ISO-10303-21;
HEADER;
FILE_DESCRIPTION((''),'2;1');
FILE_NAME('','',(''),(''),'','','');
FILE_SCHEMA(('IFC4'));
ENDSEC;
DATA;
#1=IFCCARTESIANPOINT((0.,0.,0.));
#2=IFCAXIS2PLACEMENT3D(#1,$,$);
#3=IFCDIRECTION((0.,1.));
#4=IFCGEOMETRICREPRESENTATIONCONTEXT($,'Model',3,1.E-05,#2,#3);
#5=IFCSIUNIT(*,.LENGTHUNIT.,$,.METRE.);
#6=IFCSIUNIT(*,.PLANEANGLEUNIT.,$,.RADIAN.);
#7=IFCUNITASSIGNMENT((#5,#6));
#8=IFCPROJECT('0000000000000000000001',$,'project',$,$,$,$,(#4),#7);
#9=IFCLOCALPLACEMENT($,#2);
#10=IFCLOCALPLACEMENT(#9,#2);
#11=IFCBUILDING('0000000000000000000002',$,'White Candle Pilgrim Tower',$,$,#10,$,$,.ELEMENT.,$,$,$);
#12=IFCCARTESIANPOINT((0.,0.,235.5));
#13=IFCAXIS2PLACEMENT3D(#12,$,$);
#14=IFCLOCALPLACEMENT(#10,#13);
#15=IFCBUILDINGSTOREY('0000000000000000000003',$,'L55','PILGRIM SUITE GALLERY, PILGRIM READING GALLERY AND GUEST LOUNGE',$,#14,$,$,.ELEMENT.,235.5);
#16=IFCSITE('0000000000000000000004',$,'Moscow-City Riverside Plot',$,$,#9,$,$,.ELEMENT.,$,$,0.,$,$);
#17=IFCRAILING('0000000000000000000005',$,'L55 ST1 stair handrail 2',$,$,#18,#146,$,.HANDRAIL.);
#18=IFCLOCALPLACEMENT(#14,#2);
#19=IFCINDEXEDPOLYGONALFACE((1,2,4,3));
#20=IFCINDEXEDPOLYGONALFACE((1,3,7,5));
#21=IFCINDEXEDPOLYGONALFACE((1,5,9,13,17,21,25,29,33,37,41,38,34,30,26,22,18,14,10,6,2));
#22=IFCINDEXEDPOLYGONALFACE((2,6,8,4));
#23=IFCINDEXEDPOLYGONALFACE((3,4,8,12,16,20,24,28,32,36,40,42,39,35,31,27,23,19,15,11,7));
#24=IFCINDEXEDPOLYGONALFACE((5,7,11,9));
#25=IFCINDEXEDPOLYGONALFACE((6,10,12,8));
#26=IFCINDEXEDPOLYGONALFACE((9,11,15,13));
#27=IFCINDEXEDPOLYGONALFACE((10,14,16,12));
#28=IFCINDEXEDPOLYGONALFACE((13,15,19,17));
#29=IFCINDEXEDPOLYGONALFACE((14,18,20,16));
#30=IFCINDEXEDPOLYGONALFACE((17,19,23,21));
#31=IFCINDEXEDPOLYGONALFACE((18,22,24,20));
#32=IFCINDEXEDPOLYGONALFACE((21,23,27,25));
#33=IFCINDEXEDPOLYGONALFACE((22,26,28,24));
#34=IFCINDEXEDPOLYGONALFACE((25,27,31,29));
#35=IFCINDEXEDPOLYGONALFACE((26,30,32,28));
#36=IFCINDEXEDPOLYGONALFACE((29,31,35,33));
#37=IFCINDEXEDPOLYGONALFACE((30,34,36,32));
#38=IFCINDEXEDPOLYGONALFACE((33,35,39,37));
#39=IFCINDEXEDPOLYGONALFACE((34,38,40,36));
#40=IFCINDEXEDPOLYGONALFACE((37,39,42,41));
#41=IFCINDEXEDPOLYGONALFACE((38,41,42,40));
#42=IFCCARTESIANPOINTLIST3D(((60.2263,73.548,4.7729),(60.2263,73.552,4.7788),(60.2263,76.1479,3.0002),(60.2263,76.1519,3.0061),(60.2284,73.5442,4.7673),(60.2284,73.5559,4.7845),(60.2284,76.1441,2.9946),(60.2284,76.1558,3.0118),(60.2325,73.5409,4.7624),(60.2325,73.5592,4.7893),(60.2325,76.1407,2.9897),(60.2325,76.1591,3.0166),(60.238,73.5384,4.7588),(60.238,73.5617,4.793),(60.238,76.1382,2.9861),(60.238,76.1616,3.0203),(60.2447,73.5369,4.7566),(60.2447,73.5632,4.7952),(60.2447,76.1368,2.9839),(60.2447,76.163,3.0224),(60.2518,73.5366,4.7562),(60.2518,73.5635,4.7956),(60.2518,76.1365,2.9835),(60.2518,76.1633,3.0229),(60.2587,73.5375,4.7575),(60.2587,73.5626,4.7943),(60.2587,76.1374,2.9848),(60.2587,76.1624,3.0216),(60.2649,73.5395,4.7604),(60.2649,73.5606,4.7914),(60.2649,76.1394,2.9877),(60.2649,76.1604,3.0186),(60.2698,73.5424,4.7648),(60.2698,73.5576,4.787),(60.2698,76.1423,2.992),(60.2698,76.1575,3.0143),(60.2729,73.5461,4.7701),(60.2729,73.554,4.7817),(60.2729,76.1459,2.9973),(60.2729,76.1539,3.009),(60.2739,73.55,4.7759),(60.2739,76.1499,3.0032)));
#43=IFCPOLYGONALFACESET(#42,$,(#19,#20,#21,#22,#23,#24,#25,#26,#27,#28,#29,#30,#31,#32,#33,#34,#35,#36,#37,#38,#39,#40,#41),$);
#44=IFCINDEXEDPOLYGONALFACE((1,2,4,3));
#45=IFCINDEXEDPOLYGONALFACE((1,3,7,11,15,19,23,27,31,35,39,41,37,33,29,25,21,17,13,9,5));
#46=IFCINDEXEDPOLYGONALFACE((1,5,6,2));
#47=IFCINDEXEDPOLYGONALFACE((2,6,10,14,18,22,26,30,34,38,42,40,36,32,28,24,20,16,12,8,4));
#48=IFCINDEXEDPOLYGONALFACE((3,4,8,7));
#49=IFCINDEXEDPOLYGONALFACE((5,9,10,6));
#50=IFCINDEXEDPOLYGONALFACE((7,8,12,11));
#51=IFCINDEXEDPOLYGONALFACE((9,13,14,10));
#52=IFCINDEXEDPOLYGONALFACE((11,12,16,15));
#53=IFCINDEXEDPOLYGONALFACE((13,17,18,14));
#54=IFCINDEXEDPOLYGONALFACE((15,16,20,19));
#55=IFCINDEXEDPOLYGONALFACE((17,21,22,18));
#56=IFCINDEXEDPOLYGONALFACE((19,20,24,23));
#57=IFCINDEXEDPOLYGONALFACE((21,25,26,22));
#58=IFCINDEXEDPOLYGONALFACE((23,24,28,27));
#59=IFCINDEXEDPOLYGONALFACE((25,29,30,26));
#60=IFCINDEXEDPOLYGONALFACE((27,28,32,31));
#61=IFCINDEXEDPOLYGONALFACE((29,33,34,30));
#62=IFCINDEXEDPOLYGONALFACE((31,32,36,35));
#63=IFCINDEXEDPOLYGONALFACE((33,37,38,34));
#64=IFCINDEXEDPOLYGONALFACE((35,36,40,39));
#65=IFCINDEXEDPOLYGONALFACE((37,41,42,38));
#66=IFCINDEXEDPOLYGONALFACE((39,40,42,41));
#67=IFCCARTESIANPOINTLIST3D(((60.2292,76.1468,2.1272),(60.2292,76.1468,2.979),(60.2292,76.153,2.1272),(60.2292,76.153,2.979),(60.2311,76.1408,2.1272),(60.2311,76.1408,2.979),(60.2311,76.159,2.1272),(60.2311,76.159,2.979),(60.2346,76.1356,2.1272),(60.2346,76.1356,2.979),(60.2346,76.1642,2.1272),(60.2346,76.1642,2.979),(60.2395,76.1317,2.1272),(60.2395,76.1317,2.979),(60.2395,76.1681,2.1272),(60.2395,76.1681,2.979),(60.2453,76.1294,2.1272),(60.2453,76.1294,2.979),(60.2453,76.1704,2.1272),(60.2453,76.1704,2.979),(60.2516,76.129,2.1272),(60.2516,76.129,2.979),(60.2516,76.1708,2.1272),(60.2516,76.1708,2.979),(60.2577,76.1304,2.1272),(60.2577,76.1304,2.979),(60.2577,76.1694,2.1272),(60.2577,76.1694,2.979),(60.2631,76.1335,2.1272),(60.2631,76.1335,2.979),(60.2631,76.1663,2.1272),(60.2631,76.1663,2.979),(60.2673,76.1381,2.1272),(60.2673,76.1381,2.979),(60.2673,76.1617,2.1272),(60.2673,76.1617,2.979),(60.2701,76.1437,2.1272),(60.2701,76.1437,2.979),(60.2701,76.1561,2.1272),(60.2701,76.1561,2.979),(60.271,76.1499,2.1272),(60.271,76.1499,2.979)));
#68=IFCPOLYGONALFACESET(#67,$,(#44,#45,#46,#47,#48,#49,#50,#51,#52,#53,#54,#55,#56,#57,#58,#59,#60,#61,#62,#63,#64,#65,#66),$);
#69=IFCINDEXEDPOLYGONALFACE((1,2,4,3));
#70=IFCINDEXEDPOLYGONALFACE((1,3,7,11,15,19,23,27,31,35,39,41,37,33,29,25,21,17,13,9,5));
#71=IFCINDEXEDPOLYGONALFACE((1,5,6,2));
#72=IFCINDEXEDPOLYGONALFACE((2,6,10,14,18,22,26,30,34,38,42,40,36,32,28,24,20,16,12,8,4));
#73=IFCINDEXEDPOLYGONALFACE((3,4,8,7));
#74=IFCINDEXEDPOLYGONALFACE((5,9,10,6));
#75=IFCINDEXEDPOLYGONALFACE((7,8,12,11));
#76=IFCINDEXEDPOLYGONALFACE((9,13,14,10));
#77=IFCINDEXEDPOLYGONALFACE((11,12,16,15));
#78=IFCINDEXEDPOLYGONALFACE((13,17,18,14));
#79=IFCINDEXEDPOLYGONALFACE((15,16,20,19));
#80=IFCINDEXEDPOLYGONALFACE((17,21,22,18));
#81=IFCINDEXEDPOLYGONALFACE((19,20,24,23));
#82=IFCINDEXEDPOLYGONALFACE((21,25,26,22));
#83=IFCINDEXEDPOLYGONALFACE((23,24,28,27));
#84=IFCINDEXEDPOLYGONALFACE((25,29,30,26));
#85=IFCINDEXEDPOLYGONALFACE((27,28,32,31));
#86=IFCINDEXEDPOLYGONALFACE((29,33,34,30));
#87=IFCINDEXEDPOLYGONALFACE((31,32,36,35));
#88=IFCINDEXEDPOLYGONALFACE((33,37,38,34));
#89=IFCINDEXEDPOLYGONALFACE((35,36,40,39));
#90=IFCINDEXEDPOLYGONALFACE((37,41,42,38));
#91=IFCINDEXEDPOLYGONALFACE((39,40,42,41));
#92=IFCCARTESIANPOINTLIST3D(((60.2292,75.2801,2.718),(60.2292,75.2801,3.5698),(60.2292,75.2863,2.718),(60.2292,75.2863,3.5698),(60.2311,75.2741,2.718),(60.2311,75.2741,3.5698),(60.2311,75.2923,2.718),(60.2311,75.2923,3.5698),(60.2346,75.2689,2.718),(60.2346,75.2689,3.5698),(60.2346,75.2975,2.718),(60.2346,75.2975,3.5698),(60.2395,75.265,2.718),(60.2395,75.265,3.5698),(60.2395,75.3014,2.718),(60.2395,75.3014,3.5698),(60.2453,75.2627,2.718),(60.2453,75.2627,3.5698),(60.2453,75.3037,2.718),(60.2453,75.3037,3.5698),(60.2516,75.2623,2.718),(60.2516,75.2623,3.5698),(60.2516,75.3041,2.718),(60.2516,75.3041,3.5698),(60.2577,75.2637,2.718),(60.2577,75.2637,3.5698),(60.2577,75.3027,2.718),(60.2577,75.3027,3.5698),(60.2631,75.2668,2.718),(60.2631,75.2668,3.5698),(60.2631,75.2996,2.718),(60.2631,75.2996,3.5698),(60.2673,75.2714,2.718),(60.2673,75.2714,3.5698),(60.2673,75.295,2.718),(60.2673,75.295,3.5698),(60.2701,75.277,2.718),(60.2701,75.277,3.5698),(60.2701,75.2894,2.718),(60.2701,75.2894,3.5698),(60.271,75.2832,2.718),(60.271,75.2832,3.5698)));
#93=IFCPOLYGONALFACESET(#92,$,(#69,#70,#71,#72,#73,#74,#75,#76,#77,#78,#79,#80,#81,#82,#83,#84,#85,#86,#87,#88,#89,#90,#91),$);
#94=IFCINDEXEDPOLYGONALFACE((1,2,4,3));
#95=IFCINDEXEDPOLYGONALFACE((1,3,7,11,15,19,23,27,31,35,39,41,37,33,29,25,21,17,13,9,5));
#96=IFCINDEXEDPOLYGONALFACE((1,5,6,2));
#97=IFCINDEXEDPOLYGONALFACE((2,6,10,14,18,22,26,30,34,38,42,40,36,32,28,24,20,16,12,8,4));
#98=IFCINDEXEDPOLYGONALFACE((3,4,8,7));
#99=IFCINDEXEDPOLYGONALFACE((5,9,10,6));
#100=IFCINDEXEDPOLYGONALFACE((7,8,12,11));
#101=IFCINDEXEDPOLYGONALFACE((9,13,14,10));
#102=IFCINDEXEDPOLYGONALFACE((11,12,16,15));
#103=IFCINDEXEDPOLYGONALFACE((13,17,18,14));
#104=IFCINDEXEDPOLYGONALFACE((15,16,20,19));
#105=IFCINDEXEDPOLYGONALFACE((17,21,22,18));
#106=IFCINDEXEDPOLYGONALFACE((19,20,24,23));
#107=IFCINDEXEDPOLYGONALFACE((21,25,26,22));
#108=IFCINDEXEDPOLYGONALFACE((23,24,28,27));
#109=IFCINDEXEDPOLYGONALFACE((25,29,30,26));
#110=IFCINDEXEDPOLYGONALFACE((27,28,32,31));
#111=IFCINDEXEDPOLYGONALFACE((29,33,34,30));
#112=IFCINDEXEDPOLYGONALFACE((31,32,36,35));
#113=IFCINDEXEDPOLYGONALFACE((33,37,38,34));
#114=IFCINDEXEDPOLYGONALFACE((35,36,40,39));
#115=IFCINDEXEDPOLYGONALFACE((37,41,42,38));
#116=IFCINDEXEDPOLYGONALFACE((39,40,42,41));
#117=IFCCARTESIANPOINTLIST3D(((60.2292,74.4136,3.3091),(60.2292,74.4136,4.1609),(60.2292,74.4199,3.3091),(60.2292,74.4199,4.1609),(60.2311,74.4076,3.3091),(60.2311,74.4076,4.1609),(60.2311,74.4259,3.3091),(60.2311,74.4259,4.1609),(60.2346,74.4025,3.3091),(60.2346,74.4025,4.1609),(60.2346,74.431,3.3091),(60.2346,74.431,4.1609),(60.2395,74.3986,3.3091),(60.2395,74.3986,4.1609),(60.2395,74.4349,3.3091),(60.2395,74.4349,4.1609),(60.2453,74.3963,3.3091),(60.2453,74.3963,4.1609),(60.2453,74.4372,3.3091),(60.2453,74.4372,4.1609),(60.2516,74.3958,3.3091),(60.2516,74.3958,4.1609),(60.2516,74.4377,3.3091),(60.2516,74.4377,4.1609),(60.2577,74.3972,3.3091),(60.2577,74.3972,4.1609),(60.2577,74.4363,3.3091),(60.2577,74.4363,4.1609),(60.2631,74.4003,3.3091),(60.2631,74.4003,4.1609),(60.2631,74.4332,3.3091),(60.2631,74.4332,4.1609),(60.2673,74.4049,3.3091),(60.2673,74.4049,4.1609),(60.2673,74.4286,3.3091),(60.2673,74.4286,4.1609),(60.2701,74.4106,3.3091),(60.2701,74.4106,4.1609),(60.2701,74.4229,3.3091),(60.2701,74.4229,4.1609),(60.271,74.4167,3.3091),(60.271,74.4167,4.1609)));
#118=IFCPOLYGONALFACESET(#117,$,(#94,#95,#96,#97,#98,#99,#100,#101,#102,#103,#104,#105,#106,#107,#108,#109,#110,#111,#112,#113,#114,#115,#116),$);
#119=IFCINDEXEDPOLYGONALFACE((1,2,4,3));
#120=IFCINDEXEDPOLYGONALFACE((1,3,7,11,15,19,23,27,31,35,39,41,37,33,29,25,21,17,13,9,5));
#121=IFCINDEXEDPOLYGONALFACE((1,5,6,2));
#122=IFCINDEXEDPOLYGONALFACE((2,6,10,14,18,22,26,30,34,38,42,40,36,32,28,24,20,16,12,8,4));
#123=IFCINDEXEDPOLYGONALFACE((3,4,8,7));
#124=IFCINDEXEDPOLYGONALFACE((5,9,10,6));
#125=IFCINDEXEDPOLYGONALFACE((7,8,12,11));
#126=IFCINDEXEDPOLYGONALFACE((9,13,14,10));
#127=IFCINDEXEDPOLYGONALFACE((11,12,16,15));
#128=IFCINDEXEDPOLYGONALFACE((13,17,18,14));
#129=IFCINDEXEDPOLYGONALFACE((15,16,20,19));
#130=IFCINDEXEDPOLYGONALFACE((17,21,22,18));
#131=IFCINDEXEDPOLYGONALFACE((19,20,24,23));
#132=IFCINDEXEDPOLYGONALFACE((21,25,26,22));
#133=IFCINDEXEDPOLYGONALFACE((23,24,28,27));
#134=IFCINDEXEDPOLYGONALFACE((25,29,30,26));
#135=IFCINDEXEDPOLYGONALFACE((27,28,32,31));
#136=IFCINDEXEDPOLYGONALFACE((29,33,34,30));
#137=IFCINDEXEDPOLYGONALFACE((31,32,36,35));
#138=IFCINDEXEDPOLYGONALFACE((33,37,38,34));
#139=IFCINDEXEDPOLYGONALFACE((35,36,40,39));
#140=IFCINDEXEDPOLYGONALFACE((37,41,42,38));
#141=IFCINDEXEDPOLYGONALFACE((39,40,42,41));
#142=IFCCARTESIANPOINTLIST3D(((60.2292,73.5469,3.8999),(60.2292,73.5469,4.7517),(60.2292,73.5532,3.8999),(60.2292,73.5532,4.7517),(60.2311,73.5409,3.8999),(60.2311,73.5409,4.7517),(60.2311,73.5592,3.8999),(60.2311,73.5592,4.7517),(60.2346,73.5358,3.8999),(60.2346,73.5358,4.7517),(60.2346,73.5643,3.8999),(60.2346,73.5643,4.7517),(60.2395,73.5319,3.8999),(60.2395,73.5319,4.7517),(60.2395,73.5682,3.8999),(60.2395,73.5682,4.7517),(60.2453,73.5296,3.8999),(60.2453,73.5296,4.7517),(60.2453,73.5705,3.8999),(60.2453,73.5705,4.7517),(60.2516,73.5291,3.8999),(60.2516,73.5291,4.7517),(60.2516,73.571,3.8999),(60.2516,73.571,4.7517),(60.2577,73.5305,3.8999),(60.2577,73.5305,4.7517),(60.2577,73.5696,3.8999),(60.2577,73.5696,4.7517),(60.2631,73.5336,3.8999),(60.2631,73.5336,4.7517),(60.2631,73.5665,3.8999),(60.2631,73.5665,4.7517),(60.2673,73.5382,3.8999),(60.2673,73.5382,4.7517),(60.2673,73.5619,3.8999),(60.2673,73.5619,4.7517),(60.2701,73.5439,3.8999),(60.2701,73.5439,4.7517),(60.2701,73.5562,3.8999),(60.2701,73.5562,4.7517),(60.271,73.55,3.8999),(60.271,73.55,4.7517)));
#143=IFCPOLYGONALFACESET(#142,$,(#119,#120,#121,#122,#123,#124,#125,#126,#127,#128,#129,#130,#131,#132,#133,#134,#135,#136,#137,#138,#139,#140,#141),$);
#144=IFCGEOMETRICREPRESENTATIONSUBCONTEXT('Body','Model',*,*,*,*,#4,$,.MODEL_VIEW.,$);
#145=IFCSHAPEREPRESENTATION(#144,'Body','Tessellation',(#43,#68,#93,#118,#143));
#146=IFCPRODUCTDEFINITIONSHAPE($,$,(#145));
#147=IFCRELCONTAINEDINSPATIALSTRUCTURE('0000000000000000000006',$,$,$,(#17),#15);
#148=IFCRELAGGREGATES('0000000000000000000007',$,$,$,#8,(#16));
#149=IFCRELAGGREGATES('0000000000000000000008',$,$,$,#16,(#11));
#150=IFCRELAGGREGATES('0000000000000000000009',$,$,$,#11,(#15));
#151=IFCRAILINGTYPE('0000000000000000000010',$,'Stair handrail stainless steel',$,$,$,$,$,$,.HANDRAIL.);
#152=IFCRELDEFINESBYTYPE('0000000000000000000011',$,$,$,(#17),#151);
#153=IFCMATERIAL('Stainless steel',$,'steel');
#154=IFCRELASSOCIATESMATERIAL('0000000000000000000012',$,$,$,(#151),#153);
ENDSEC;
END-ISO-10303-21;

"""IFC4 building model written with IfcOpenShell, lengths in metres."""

from ifc_helpers import new_model, si_unit, direction, frame, origin, origin_2d, place, context, subcontext, project, spatial, circle, extrude, material, type_object, element, save


model = new_model("IFC4")

# Units and contexts
model_context = context("Model", 3, precision=1e-05, world=origin(), true_north=direction((0.0, 1.0)))
body_context = subcontext(model_context, "Body", "Model", "MODEL_VIEW")
ifc_project = project(units=[si_unit("LENGTHUNIT", "METRE"), si_unit("PLANEANGLEUNIT", "RADIAN")], contexts=[model_context])

# Site, building, storey
site_placement = place(None, origin())
site = spatial("IfcSite", under=ifc_project, at=site_placement, Name="Moscow-City Riverside Plot", CompositionType="ELEMENT", RefElevation=0.0)
building_placement = place(site_placement, origin())
building = spatial("IfcBuilding", under=site, at=building_placement, Name="White Candle Pilgrim Tower", CompositionType="ELEMENT")
storey_placement = place(building_placement, frame((0.0, 0.0, 235.5)))
storey = spatial("IfcBuildingStorey", under=building, at=storey_placement, Name="L55", Description="PILGRIM SUITE GALLERY, PILGRIM READING GALLERY AND GUEST LOUNGE", CompositionType="ELEMENT", Elevation=235.5)

# Shared definitions
ifc_material_1 = material(Name="Stainless steel", Category="steel")

# Railing
railing_type_1 = type_object("IfcRailingType", Name="Stair handrail stainless steel", PredefinedType="HANDRAIL", material=ifc_material_1)
railing_1_placement = place(storey_placement, frame((60.25, 76.1499, 2.1272)))
element("IfcRailing", 1, at=railing_1_placement, inside=storey, type_object=railing_type_1, Name="L55 ST1 stair handrail 2", PredefinedType="HANDRAIL", context=body_context, shape_type="SweptSolid", body=[
    extrude(circle(Radius=0.0239, at=origin_2d()), frame((0.0, 0.0, 0.876), z_axis=(0.0, -0.826216, 0.563354), x_axis=(1.0, 0.0, 0.0)), (0.0, 0.0, 1.0), 3.1467),
    extrude(circle(Radius=0.021, at=origin_2d()), origin(), (0.0, 0.0, 1.0), 0.8518),
    extrude(circle(Radius=0.021, at=origin_2d()), frame((0.0, -0.8667, 0.5908)), (0.0, 0.0, 1.0), 0.8518),
    extrude(circle(Radius=0.021, at=origin_2d()), frame((0.0, -1.7332, 1.1819)), (0.0, 0.0, 1.0), 0.8518),
    extrude(circle(Radius=0.021, at=origin_2d()), frame((0.0, -2.5999, 1.7727)), (0.0, 0.0, 1.0), 0.8518),
])

save(model, "model.ifc")
